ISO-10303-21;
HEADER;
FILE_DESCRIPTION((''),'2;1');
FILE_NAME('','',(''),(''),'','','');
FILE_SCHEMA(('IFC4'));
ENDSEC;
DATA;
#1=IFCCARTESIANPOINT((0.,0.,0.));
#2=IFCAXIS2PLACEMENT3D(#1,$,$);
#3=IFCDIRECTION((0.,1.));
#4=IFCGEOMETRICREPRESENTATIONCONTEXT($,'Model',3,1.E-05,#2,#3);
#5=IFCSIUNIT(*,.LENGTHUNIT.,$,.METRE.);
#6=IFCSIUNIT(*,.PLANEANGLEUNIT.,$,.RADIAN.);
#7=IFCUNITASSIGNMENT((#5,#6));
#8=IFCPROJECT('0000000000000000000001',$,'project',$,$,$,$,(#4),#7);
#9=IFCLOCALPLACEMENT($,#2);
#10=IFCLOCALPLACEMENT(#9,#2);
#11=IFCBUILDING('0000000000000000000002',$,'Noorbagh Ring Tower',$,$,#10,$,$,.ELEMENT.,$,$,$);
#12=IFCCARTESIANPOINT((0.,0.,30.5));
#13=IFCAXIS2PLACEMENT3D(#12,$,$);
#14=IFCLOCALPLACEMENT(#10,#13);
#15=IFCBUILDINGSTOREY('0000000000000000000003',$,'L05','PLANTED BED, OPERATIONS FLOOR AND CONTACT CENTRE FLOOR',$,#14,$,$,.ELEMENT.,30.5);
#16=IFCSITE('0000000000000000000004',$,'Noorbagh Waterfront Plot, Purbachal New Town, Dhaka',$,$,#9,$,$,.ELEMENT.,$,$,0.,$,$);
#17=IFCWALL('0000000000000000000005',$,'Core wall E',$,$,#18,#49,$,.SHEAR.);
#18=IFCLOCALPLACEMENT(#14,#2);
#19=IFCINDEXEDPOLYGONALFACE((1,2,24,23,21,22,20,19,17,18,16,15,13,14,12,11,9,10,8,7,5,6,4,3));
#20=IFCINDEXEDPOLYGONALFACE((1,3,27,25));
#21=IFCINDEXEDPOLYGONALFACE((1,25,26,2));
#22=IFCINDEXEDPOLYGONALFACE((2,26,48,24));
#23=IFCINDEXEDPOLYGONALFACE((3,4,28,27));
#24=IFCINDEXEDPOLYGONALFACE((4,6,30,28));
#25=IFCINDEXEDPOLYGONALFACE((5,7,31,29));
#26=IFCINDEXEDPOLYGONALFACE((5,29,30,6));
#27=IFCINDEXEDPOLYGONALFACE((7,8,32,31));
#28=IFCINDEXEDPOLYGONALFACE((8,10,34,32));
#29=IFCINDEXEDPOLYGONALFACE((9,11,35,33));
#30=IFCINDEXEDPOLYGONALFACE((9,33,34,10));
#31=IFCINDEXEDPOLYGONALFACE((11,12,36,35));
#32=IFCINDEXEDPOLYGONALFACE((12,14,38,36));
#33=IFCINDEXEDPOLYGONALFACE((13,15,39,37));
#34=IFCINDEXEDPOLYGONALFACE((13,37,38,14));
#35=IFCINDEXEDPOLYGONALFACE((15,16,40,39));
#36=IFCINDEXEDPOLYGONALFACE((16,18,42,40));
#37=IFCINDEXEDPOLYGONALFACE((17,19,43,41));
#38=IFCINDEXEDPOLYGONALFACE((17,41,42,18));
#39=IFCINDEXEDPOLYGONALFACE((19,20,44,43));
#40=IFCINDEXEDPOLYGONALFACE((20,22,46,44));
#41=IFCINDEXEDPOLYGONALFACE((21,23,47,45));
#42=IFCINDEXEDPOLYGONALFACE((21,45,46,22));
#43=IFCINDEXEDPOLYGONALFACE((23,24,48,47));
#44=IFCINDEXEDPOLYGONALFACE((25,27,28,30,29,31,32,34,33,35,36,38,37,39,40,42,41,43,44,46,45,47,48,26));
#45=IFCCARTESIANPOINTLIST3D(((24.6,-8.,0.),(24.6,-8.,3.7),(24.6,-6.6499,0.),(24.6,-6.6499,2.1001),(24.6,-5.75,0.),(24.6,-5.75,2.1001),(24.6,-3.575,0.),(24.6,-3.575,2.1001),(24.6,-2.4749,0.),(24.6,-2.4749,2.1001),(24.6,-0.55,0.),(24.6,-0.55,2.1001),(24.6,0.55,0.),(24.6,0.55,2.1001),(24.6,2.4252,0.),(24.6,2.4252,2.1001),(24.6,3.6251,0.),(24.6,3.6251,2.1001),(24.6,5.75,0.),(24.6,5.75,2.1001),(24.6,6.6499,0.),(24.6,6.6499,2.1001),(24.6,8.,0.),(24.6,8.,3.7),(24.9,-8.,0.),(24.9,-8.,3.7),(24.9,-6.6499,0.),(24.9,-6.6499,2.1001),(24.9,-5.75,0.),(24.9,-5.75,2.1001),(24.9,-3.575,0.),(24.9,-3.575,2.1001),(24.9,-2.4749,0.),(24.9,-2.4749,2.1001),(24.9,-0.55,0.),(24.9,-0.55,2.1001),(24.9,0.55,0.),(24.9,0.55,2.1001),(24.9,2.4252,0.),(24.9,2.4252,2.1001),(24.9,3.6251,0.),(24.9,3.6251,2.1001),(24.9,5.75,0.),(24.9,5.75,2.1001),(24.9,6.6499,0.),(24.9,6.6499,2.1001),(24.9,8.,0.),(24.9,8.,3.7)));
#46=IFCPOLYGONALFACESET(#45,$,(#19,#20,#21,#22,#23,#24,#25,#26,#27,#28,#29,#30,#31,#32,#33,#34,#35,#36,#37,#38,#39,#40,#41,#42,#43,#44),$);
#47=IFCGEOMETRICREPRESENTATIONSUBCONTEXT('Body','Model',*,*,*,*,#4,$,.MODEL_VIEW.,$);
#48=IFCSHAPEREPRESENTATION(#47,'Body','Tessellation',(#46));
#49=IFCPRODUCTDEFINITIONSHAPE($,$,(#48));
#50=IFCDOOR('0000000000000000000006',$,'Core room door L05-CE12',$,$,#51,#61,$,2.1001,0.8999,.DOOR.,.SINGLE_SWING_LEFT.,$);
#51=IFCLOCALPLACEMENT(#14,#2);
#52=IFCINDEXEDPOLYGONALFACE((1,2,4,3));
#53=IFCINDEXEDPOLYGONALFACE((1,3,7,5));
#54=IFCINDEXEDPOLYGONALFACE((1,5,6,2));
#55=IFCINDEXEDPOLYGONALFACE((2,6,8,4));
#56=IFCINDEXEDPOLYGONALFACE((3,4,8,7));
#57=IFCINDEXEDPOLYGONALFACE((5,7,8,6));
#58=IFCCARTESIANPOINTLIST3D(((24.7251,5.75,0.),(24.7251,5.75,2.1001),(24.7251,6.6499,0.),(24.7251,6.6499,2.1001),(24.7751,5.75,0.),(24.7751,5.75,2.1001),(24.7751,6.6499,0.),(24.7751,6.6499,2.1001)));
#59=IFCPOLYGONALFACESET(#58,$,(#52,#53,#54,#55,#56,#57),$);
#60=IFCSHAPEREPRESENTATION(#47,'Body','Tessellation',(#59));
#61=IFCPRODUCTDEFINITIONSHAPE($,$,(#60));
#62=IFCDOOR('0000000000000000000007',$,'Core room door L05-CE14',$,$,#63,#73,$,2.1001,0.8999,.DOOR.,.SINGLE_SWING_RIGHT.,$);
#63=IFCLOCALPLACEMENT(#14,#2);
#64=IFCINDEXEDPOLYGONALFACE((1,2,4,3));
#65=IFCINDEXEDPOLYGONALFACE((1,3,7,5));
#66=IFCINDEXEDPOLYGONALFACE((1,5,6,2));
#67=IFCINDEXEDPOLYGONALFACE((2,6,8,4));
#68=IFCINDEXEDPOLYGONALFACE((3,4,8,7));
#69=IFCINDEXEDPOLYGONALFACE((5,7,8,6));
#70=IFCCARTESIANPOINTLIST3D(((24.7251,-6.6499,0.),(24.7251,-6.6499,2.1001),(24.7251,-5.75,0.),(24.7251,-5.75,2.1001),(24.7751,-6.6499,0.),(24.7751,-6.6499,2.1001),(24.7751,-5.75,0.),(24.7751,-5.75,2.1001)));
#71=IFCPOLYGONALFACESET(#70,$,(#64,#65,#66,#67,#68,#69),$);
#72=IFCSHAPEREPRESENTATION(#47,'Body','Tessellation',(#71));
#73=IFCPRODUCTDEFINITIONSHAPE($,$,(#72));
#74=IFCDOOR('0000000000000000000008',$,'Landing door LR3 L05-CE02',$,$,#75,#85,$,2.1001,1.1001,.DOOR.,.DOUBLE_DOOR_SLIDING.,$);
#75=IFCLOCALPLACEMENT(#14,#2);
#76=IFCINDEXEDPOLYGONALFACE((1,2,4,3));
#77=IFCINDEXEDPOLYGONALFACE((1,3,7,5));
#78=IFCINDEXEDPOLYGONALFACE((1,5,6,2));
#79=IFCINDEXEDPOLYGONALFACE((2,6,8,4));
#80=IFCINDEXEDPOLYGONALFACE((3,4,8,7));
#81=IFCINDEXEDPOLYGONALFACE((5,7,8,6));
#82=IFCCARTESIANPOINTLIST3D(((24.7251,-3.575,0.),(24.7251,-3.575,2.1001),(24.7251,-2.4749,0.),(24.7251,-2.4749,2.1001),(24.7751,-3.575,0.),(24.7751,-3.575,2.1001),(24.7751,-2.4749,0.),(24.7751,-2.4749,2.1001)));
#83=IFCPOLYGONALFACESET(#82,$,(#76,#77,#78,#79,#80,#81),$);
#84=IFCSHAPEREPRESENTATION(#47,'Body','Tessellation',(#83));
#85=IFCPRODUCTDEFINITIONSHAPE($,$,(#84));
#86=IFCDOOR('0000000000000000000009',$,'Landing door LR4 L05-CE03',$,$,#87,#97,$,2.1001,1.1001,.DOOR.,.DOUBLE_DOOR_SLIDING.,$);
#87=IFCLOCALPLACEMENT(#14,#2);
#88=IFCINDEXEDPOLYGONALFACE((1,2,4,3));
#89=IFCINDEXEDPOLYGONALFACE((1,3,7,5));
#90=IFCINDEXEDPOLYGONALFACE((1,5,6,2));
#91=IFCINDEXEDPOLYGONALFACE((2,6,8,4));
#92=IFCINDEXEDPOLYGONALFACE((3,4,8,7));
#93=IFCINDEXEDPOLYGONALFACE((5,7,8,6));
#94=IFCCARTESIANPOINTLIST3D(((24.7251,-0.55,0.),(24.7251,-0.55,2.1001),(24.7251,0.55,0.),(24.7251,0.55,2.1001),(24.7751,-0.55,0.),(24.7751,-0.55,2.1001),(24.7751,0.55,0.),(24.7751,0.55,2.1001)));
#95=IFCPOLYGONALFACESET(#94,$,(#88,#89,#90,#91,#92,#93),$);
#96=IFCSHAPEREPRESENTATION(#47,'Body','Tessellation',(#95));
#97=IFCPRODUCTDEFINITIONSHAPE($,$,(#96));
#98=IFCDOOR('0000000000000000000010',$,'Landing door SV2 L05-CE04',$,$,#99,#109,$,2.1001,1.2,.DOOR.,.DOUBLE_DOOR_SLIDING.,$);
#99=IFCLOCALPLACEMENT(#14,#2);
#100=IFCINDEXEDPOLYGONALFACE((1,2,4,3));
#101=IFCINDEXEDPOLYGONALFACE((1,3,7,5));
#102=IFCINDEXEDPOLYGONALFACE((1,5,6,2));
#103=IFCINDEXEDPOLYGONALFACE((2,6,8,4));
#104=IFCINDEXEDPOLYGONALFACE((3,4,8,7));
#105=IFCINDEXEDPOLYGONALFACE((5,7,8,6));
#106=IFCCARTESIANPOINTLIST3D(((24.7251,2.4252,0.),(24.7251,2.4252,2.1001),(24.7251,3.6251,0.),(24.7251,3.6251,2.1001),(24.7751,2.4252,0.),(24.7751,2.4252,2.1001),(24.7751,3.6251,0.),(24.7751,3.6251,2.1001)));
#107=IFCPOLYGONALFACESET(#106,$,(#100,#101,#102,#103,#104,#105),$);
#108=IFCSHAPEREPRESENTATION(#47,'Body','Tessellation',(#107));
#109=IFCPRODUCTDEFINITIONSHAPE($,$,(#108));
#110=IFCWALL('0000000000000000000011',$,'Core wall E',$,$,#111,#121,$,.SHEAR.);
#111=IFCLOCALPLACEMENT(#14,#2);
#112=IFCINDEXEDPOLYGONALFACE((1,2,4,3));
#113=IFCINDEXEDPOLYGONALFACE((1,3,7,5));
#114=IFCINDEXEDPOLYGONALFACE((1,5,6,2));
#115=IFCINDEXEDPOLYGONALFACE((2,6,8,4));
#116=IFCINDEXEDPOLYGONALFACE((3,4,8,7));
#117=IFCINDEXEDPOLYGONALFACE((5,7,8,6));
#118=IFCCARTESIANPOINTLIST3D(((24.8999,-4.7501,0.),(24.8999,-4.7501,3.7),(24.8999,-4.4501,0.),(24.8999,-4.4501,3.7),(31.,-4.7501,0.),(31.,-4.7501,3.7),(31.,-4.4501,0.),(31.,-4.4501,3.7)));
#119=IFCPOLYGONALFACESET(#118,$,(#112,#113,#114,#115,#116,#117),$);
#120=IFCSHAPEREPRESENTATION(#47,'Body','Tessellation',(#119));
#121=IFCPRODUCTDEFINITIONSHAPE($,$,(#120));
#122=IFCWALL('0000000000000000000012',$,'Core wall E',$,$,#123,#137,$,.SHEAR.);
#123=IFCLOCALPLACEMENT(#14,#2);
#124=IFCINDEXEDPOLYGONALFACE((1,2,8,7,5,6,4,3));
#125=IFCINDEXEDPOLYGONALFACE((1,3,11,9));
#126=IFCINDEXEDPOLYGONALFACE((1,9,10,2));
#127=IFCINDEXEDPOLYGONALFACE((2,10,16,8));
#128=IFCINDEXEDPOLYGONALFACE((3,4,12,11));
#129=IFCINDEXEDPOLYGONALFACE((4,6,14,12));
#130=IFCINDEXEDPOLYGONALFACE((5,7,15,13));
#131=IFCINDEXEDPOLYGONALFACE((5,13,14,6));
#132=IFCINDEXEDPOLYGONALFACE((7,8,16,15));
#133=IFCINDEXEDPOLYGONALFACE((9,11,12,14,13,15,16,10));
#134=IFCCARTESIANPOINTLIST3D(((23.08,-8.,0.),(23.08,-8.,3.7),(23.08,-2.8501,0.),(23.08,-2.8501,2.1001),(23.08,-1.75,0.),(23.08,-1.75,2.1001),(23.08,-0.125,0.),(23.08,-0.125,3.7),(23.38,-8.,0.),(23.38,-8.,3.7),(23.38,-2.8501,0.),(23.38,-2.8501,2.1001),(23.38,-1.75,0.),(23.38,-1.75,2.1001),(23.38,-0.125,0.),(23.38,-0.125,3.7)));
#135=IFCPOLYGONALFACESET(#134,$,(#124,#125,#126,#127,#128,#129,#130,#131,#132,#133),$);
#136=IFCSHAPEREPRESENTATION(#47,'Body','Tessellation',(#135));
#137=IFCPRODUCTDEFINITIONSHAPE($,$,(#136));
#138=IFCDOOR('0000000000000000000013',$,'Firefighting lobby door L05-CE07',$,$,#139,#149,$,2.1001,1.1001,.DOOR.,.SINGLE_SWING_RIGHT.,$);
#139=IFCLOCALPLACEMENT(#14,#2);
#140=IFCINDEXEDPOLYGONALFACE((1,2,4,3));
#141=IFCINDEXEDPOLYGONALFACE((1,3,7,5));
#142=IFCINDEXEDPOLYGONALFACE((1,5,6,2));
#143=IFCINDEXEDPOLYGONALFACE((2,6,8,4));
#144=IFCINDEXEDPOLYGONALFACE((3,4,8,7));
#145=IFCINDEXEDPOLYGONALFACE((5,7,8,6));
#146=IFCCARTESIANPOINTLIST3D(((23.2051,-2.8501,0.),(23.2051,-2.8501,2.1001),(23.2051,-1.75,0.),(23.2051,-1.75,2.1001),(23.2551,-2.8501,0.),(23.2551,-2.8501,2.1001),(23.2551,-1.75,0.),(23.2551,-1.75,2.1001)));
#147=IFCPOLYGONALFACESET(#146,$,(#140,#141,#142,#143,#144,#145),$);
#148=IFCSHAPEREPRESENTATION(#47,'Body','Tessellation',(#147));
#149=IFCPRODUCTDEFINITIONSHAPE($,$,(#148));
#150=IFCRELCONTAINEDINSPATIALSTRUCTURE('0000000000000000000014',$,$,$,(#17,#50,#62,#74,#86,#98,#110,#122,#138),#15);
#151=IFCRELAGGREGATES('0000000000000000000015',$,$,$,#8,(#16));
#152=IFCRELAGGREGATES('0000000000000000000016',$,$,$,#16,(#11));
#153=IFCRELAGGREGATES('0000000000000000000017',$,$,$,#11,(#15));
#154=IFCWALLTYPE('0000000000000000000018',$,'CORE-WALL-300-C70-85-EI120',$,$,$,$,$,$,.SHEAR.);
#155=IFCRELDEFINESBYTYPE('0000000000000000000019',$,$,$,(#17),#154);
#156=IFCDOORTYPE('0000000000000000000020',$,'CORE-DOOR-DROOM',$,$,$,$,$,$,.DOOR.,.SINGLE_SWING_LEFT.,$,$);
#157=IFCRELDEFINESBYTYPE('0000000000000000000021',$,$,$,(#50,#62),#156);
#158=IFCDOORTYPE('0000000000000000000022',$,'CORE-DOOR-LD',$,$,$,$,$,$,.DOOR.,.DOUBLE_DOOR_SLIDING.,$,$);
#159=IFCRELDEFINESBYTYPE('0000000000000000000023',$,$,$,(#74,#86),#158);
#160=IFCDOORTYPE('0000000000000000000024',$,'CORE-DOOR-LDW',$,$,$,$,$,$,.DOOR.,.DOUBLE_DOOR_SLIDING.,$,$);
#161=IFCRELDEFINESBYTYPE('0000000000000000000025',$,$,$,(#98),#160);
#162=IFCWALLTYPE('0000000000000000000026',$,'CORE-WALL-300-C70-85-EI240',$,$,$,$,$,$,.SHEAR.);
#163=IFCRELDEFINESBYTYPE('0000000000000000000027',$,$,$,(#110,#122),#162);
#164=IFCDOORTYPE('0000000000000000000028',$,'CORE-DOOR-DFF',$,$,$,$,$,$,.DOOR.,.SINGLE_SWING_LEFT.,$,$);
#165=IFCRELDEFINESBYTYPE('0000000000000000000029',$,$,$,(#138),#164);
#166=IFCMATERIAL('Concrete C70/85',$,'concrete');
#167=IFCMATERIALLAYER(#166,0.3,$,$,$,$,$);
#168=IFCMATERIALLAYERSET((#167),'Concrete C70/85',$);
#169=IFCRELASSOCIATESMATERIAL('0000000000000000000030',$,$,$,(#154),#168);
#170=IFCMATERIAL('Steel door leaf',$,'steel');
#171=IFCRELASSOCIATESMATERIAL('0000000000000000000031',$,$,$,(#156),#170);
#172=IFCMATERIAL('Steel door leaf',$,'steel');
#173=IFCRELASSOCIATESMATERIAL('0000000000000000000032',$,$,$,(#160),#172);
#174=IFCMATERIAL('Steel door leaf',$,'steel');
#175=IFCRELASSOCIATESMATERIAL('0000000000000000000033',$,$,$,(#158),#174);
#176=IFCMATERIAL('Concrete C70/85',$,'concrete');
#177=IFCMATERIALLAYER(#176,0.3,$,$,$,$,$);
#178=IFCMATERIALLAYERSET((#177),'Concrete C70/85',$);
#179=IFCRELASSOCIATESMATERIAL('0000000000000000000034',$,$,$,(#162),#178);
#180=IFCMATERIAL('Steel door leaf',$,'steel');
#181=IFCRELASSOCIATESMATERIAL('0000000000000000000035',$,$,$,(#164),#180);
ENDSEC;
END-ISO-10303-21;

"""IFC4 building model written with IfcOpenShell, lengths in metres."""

from ifc_helpers import new_model, si_unit, direction, frame, frame_2d, origin, place, context, subcontext, project, spatial, rectangle, extrude, material, layer, layer_set, type_object, element, fill, save


model = new_model("IFC4")

# Units and contexts
model_context = context("Model", 3, precision=1e-05, world=origin(), true_north=direction((0.0, 1.0)))
body_context = subcontext(model_context, "Body", "Model", "MODEL_VIEW")
ifc_project = project(units=[si_unit("LENGTHUNIT", "METRE"), si_unit("PLANEANGLEUNIT", "RADIAN")], contexts=[model_context])

# Site, building, storey
site_placement = place(None, origin())
site = spatial("IfcSite", under=ifc_project, at=site_placement, Name="Noorbagh Waterfront Plot, Purbachal New Town, Dhaka", CompositionType="ELEMENT", RefElevation=0.0)
building_placement = place(site_placement, origin())
building = spatial("IfcBuilding", under=site, at=building_placement, Name="Noorbagh Ring Tower", CompositionType="ELEMENT")
storey_placement = place(building_placement, frame((0.0, 0.0, 30.5)))
storey = spatial("IfcBuildingStorey", under=building, at=storey_placement, Name="L05", Description="PLANTED BED, OPERATIONS FLOOR AND CONTACT CENTRE FLOOR", CompositionType="ELEMENT", Elevation=30.5)

# Shared definitions
ifc_material_1 = material(Name="Concrete C70/85", Category="concrete")
ifc_layer_1 = layer(ifc_material_1, 0.3)
ifc_layer_set_1 = layer_set([ifc_layer_1], Name="Concrete C70/85")
wall_type_1 = type_object("IfcWallType", Name="CORE-WALL-300-C70-85-EI120", PredefinedType="SHEAR", material=ifc_layer_set_1)

# Wall, openings, doors
ifc_material_2 = material(Name="Steel door leaf", Category="steel")
door_type_1 = type_object("IfcDoorType", Name="CORE-DOOR-DROOM", OperationType="SINGLE_SWING_LEFT", PredefinedType="DOOR", material=ifc_material_2)
ifc_material_3 = material(Name="Steel door leaf", Category="steel")
door_type_2 = type_object("IfcDoorType", Name="CORE-DOOR-LDW", OperationType="DOUBLE_DOOR_SLIDING", PredefinedType="DOOR", material=ifc_material_3)
wall_1_placement = place(storey_placement, frame((24.75, -8.0, 0.0), z_axis=(0.0, 0.0, 1.0), x_axis=(0.0, 1.0, 0.0)))
wall_1 = element("IfcWall", 1, at=wall_1_placement, inside=storey, type_object=wall_type_1, Name="Core wall E", PredefinedType="SHEAR", context=body_context, shape_type="SweptSolid", body=[
    extrude(rectangle(XDim=16.0, YDim=0.3, at=frame_2d((8.0, 0.0))), origin(), (0.0, 0.0, 1.0), 3.7),
])
opening_1_placement = place(wall_1_placement, frame((4.425, 0.0, 0.0)))
opening_1 = element("IfcOpeningElement", 2, at=opening_1_placement, cuts=wall_1, PredefinedType="OPENING", context=body_context, shape_type="SweptSolid", body=[
    extrude(rectangle(XDim=1.1001, YDim=2.1001, at=frame_2d((0.55, 1.05))), frame((0.0, 0.1602, 0.0), z_axis=(0.0, -1.0, 0.0), x_axis=(1.0, 0.0, 0.0)), (0.0, 0.0, 1.0), 0.3201),
])
opening_2_placement = place(wall_1_placement, frame((7.45, 0.0, 0.0)))
opening_2 = element("IfcOpeningElement", 3, at=opening_2_placement, cuts=wall_1, PredefinedType="OPENING", context=body_context, shape_type="SweptSolid", body=[
    extrude(rectangle(XDim=1.1001, YDim=2.1001, at=frame_2d((0.55, 1.05))), frame((0.0, 0.1602, 0.0), z_axis=(0.0, -1.0, 0.0), x_axis=(1.0, 0.0, 0.0)), (0.0, 0.0, 1.0), 0.3201),
])
opening_3_placement = place(wall_1_placement, frame((10.425, 0.0, 0.0)))
opening_3 = element("IfcOpeningElement", 4, at=opening_3_placement, cuts=wall_1, PredefinedType="OPENING", context=body_context, shape_type="SweptSolid", body=[
    extrude(rectangle(XDim=1.2, YDim=2.1001, at=frame_2d((0.6001, 1.05))), frame((0.0, 0.1602, 0.0), z_axis=(0.0, -1.0, 0.0), x_axis=(1.0, 0.0, 0.0)), (0.0, 0.0, 1.0), 0.3201),
])
opening_4_placement = place(wall_1_placement, frame((13.75, 0.0, 0.0)))
opening_4 = element("IfcOpeningElement", 5, at=opening_4_placement, cuts=wall_1, PredefinedType="OPENING", context=body_context, shape_type="SweptSolid", body=[
    extrude(rectangle(XDim=0.8999, YDim=2.1001, at=frame_2d((0.45, 1.05))), frame((0.0, 0.1602, 0.0), z_axis=(0.0, -1.0, 0.0), x_axis=(1.0, 0.0, 0.0)), (0.0, 0.0, 1.0), 0.3201),
])
opening_5_placement = place(wall_1_placement, frame((1.3501, 0.0, 0.0)))
opening_5 = element("IfcOpeningElement", 6, at=opening_5_placement, cuts=wall_1, PredefinedType="OPENING", context=body_context, shape_type="SweptSolid", body=[
    extrude(rectangle(XDim=0.8999, YDim=2.1001, at=frame_2d((0.45, 1.05))), frame((0.0, 0.1602, 0.0), z_axis=(0.0, -1.0, 0.0), x_axis=(1.0, 0.0, 0.0)), (0.0, 0.0, 1.0), 0.3201),
])
door_1_placement = place(opening_4_placement, origin())
door_1 = element("IfcDoor", 7, at=door_1_placement, inside=storey, type_object=door_type_1, Name="Core room door L05-CE12", OperationType="SINGLE_SWING_LEFT", OverallHeight=2.1001, OverallWidth=0.8999, PredefinedType="DOOR", context=body_context, shape_type="SweptSolid", body=[
    extrude(rectangle(XDim=0.8999, YDim=2.1001, at=frame_2d((0.45, 1.05))), frame((0.0, 0.0249, 0.0), z_axis=(0.0, -1.0, 0.0), x_axis=(1.0, 0.0, 0.0)), (0.0, 0.0, 1.0), 0.05),
])
fill(opening_4, door_1)
door_2_placement = place(opening_5_placement, origin())
door_2 = element("IfcDoor", 8, at=door_2_placement, inside=storey, type_object=door_type_1, Name="Core room door L05-CE14", OperationType="SINGLE_SWING_RIGHT", OverallHeight=2.1001, OverallWidth=0.8999, PredefinedType="DOOR", context=body_context, shape_type="SweptSolid", body=[
    extrude(rectangle(XDim=0.8999, YDim=2.1001, at=frame_2d((0.45, 1.05))), frame((0.0, 0.0249, 0.0), z_axis=(0.0, -1.0, 0.0), x_axis=(1.0, 0.0, 0.0)), (0.0, 0.0, 1.0), 0.05),
])
fill(opening_5, door_2)
ifc_material_4 = material(Name="Steel door leaf", Category="steel")
door_type_3 = type_object("IfcDoorType", Name="CORE-DOOR-LD", OperationType="DOUBLE_DOOR_SLIDING", PredefinedType="DOOR", material=ifc_material_4)
door_3_placement = place(opening_1_placement, origin())
door_3 = element("IfcDoor", 9, at=door_3_placement, inside=storey, type_object=door_type_3, Name="Landing door LR3 L05-CE02", OperationType="DOUBLE_DOOR_SLIDING", OverallHeight=2.1001, OverallWidth=1.1001, PredefinedType="DOOR", context=body_context, shape_type="SweptSolid", body=[
    extrude(rectangle(XDim=1.1001, YDim=2.1001, at=frame_2d((0.55, 1.05))), frame((0.0, 0.0249, 0.0), z_axis=(0.0, -1.0, 0.0), x_axis=(1.0, 0.0, 0.0)), (0.0, 0.0, 1.0), 0.05),
])
fill(opening_1, door_3)
door_4_placement = place(opening_2_placement, origin())
door_4 = element("IfcDoor", 10, at=door_4_placement, inside=storey, type_object=door_type_3, Name="Landing door LR4 L05-CE03", OperationType="DOUBLE_DOOR_SLIDING", OverallHeight=2.1001, OverallWidth=1.1001, PredefinedType="DOOR", context=body_context, shape_type="SweptSolid", body=[
    extrude(rectangle(XDim=1.1001, YDim=2.1001, at=frame_2d((0.55, 1.05))), frame((0.0, 0.0249, 0.0), z_axis=(0.0, -1.0, 0.0), x_axis=(1.0, 0.0, 0.0)), (0.0, 0.0, 1.0), 0.05),
])
fill(opening_2, door_4)
door_5_placement = place(opening_3_placement, origin())
door_5 = element("IfcDoor", 11, at=door_5_placement, inside=storey, type_object=door_type_2, Name="Landing door SV2 L05-CE04", OperationType="DOUBLE_DOOR_SLIDING", OverallHeight=2.1001, OverallWidth=1.2, PredefinedType="DOOR", context=body_context, shape_type="SweptSolid", body=[
    extrude(rectangle(XDim=1.2, YDim=2.1001, at=frame_2d((0.6001, 1.05))), frame((0.0, 0.0249, 0.0), z_axis=(0.0, -1.0, 0.0), x_axis=(1.0, 0.0, 0.0)), (0.0, 0.0, 1.0), 0.05),
])
fill(opening_3, door_5)

# Wall
ifc_material_5 = material(Name="Concrete C70/85", Category="concrete")
ifc_layer_2 = layer(ifc_material_5, 0.3)
ifc_layer_set_2 = layer_set([ifc_layer_2], Name="Concrete C70/85")
wall_type_2 = type_object("IfcWallType", Name="CORE-WALL-300-C70-85-EI240", PredefinedType="SHEAR", material=ifc_layer_set_2)
wall_2_placement = place(storey_placement, frame((24.8999, -4.6001, 0.0), z_axis=(0.0, 0.0, 1.0), x_axis=(1.0, 0.0, 0.0)))
element("IfcWall", 12, at=wall_2_placement, inside=storey, type_object=wall_type_2, Name="Core wall E", PredefinedType="SHEAR", context=body_context, shape_type="SweptSolid", body=[
    extrude(rectangle(XDim=6.1001, YDim=0.3, at=frame_2d((3.05, 0.0))), origin(), (0.0, 0.0, 1.0), 3.7),
])

# Wall, opening, door
wall_3_placement = place(storey_placement, frame((23.23, -8.0, 0.0), z_axis=(0.0, 0.0, 1.0), x_axis=(0.0, 1.0, 0.0)))
wall_3 = element("IfcWall", 13, at=wall_3_placement, inside=storey, type_object=wall_type_2, Name="Core wall E", PredefinedType="SHEAR", context=body_context, shape_type="SweptSolid", body=[
    extrude(rectangle(XDim=7.875, YDim=0.3, at=frame_2d((3.9375, 0.0))), origin(), (0.0, 0.0, 1.0), 3.7),
])
opening_6_placement = place(wall_3_placement, frame((5.1499, 0.0, 0.0)))
opening_6 = element("IfcOpeningElement", 14, at=opening_6_placement, cuts=wall_3, PredefinedType="OPENING", context=body_context, shape_type="SweptSolid", body=[
    extrude(rectangle(XDim=1.1001, YDim=2.1001, at=frame_2d((0.55, 1.05))), frame((0.0, 0.1602, 0.0), z_axis=(0.0, -1.0, 0.0), x_axis=(1.0, 0.0, 0.0)), (0.0, 0.0, 1.0), 0.3201),
])
ifc_material_6 = material(Name="Steel door leaf", Category="steel")
door_type_4 = type_object("IfcDoorType", Name="CORE-DOOR-DFF", OperationType="SINGLE_SWING_LEFT", PredefinedType="DOOR", material=ifc_material_6)
door_6_placement = place(opening_6_placement, origin())
door_6 = element("IfcDoor", 15, at=door_6_placement, inside=storey, type_object=door_type_4, Name="Firefighting lobby door L05-CE07", OperationType="SINGLE_SWING_RIGHT", OverallHeight=2.1001, OverallWidth=1.1001, PredefinedType="DOOR", context=body_context, shape_type="SweptSolid", body=[
    extrude(rectangle(XDim=1.1001, YDim=2.1001, at=frame_2d((0.55, 1.05))), frame((0.0, 0.0249, 0.0), z_axis=(0.0, -1.0, 0.0), x_axis=(1.0, 0.0, 0.0)), (0.0, 0.0, 1.0), 0.05),
])
fill(opening_6, door_6)

save(model, "model.ifc")
